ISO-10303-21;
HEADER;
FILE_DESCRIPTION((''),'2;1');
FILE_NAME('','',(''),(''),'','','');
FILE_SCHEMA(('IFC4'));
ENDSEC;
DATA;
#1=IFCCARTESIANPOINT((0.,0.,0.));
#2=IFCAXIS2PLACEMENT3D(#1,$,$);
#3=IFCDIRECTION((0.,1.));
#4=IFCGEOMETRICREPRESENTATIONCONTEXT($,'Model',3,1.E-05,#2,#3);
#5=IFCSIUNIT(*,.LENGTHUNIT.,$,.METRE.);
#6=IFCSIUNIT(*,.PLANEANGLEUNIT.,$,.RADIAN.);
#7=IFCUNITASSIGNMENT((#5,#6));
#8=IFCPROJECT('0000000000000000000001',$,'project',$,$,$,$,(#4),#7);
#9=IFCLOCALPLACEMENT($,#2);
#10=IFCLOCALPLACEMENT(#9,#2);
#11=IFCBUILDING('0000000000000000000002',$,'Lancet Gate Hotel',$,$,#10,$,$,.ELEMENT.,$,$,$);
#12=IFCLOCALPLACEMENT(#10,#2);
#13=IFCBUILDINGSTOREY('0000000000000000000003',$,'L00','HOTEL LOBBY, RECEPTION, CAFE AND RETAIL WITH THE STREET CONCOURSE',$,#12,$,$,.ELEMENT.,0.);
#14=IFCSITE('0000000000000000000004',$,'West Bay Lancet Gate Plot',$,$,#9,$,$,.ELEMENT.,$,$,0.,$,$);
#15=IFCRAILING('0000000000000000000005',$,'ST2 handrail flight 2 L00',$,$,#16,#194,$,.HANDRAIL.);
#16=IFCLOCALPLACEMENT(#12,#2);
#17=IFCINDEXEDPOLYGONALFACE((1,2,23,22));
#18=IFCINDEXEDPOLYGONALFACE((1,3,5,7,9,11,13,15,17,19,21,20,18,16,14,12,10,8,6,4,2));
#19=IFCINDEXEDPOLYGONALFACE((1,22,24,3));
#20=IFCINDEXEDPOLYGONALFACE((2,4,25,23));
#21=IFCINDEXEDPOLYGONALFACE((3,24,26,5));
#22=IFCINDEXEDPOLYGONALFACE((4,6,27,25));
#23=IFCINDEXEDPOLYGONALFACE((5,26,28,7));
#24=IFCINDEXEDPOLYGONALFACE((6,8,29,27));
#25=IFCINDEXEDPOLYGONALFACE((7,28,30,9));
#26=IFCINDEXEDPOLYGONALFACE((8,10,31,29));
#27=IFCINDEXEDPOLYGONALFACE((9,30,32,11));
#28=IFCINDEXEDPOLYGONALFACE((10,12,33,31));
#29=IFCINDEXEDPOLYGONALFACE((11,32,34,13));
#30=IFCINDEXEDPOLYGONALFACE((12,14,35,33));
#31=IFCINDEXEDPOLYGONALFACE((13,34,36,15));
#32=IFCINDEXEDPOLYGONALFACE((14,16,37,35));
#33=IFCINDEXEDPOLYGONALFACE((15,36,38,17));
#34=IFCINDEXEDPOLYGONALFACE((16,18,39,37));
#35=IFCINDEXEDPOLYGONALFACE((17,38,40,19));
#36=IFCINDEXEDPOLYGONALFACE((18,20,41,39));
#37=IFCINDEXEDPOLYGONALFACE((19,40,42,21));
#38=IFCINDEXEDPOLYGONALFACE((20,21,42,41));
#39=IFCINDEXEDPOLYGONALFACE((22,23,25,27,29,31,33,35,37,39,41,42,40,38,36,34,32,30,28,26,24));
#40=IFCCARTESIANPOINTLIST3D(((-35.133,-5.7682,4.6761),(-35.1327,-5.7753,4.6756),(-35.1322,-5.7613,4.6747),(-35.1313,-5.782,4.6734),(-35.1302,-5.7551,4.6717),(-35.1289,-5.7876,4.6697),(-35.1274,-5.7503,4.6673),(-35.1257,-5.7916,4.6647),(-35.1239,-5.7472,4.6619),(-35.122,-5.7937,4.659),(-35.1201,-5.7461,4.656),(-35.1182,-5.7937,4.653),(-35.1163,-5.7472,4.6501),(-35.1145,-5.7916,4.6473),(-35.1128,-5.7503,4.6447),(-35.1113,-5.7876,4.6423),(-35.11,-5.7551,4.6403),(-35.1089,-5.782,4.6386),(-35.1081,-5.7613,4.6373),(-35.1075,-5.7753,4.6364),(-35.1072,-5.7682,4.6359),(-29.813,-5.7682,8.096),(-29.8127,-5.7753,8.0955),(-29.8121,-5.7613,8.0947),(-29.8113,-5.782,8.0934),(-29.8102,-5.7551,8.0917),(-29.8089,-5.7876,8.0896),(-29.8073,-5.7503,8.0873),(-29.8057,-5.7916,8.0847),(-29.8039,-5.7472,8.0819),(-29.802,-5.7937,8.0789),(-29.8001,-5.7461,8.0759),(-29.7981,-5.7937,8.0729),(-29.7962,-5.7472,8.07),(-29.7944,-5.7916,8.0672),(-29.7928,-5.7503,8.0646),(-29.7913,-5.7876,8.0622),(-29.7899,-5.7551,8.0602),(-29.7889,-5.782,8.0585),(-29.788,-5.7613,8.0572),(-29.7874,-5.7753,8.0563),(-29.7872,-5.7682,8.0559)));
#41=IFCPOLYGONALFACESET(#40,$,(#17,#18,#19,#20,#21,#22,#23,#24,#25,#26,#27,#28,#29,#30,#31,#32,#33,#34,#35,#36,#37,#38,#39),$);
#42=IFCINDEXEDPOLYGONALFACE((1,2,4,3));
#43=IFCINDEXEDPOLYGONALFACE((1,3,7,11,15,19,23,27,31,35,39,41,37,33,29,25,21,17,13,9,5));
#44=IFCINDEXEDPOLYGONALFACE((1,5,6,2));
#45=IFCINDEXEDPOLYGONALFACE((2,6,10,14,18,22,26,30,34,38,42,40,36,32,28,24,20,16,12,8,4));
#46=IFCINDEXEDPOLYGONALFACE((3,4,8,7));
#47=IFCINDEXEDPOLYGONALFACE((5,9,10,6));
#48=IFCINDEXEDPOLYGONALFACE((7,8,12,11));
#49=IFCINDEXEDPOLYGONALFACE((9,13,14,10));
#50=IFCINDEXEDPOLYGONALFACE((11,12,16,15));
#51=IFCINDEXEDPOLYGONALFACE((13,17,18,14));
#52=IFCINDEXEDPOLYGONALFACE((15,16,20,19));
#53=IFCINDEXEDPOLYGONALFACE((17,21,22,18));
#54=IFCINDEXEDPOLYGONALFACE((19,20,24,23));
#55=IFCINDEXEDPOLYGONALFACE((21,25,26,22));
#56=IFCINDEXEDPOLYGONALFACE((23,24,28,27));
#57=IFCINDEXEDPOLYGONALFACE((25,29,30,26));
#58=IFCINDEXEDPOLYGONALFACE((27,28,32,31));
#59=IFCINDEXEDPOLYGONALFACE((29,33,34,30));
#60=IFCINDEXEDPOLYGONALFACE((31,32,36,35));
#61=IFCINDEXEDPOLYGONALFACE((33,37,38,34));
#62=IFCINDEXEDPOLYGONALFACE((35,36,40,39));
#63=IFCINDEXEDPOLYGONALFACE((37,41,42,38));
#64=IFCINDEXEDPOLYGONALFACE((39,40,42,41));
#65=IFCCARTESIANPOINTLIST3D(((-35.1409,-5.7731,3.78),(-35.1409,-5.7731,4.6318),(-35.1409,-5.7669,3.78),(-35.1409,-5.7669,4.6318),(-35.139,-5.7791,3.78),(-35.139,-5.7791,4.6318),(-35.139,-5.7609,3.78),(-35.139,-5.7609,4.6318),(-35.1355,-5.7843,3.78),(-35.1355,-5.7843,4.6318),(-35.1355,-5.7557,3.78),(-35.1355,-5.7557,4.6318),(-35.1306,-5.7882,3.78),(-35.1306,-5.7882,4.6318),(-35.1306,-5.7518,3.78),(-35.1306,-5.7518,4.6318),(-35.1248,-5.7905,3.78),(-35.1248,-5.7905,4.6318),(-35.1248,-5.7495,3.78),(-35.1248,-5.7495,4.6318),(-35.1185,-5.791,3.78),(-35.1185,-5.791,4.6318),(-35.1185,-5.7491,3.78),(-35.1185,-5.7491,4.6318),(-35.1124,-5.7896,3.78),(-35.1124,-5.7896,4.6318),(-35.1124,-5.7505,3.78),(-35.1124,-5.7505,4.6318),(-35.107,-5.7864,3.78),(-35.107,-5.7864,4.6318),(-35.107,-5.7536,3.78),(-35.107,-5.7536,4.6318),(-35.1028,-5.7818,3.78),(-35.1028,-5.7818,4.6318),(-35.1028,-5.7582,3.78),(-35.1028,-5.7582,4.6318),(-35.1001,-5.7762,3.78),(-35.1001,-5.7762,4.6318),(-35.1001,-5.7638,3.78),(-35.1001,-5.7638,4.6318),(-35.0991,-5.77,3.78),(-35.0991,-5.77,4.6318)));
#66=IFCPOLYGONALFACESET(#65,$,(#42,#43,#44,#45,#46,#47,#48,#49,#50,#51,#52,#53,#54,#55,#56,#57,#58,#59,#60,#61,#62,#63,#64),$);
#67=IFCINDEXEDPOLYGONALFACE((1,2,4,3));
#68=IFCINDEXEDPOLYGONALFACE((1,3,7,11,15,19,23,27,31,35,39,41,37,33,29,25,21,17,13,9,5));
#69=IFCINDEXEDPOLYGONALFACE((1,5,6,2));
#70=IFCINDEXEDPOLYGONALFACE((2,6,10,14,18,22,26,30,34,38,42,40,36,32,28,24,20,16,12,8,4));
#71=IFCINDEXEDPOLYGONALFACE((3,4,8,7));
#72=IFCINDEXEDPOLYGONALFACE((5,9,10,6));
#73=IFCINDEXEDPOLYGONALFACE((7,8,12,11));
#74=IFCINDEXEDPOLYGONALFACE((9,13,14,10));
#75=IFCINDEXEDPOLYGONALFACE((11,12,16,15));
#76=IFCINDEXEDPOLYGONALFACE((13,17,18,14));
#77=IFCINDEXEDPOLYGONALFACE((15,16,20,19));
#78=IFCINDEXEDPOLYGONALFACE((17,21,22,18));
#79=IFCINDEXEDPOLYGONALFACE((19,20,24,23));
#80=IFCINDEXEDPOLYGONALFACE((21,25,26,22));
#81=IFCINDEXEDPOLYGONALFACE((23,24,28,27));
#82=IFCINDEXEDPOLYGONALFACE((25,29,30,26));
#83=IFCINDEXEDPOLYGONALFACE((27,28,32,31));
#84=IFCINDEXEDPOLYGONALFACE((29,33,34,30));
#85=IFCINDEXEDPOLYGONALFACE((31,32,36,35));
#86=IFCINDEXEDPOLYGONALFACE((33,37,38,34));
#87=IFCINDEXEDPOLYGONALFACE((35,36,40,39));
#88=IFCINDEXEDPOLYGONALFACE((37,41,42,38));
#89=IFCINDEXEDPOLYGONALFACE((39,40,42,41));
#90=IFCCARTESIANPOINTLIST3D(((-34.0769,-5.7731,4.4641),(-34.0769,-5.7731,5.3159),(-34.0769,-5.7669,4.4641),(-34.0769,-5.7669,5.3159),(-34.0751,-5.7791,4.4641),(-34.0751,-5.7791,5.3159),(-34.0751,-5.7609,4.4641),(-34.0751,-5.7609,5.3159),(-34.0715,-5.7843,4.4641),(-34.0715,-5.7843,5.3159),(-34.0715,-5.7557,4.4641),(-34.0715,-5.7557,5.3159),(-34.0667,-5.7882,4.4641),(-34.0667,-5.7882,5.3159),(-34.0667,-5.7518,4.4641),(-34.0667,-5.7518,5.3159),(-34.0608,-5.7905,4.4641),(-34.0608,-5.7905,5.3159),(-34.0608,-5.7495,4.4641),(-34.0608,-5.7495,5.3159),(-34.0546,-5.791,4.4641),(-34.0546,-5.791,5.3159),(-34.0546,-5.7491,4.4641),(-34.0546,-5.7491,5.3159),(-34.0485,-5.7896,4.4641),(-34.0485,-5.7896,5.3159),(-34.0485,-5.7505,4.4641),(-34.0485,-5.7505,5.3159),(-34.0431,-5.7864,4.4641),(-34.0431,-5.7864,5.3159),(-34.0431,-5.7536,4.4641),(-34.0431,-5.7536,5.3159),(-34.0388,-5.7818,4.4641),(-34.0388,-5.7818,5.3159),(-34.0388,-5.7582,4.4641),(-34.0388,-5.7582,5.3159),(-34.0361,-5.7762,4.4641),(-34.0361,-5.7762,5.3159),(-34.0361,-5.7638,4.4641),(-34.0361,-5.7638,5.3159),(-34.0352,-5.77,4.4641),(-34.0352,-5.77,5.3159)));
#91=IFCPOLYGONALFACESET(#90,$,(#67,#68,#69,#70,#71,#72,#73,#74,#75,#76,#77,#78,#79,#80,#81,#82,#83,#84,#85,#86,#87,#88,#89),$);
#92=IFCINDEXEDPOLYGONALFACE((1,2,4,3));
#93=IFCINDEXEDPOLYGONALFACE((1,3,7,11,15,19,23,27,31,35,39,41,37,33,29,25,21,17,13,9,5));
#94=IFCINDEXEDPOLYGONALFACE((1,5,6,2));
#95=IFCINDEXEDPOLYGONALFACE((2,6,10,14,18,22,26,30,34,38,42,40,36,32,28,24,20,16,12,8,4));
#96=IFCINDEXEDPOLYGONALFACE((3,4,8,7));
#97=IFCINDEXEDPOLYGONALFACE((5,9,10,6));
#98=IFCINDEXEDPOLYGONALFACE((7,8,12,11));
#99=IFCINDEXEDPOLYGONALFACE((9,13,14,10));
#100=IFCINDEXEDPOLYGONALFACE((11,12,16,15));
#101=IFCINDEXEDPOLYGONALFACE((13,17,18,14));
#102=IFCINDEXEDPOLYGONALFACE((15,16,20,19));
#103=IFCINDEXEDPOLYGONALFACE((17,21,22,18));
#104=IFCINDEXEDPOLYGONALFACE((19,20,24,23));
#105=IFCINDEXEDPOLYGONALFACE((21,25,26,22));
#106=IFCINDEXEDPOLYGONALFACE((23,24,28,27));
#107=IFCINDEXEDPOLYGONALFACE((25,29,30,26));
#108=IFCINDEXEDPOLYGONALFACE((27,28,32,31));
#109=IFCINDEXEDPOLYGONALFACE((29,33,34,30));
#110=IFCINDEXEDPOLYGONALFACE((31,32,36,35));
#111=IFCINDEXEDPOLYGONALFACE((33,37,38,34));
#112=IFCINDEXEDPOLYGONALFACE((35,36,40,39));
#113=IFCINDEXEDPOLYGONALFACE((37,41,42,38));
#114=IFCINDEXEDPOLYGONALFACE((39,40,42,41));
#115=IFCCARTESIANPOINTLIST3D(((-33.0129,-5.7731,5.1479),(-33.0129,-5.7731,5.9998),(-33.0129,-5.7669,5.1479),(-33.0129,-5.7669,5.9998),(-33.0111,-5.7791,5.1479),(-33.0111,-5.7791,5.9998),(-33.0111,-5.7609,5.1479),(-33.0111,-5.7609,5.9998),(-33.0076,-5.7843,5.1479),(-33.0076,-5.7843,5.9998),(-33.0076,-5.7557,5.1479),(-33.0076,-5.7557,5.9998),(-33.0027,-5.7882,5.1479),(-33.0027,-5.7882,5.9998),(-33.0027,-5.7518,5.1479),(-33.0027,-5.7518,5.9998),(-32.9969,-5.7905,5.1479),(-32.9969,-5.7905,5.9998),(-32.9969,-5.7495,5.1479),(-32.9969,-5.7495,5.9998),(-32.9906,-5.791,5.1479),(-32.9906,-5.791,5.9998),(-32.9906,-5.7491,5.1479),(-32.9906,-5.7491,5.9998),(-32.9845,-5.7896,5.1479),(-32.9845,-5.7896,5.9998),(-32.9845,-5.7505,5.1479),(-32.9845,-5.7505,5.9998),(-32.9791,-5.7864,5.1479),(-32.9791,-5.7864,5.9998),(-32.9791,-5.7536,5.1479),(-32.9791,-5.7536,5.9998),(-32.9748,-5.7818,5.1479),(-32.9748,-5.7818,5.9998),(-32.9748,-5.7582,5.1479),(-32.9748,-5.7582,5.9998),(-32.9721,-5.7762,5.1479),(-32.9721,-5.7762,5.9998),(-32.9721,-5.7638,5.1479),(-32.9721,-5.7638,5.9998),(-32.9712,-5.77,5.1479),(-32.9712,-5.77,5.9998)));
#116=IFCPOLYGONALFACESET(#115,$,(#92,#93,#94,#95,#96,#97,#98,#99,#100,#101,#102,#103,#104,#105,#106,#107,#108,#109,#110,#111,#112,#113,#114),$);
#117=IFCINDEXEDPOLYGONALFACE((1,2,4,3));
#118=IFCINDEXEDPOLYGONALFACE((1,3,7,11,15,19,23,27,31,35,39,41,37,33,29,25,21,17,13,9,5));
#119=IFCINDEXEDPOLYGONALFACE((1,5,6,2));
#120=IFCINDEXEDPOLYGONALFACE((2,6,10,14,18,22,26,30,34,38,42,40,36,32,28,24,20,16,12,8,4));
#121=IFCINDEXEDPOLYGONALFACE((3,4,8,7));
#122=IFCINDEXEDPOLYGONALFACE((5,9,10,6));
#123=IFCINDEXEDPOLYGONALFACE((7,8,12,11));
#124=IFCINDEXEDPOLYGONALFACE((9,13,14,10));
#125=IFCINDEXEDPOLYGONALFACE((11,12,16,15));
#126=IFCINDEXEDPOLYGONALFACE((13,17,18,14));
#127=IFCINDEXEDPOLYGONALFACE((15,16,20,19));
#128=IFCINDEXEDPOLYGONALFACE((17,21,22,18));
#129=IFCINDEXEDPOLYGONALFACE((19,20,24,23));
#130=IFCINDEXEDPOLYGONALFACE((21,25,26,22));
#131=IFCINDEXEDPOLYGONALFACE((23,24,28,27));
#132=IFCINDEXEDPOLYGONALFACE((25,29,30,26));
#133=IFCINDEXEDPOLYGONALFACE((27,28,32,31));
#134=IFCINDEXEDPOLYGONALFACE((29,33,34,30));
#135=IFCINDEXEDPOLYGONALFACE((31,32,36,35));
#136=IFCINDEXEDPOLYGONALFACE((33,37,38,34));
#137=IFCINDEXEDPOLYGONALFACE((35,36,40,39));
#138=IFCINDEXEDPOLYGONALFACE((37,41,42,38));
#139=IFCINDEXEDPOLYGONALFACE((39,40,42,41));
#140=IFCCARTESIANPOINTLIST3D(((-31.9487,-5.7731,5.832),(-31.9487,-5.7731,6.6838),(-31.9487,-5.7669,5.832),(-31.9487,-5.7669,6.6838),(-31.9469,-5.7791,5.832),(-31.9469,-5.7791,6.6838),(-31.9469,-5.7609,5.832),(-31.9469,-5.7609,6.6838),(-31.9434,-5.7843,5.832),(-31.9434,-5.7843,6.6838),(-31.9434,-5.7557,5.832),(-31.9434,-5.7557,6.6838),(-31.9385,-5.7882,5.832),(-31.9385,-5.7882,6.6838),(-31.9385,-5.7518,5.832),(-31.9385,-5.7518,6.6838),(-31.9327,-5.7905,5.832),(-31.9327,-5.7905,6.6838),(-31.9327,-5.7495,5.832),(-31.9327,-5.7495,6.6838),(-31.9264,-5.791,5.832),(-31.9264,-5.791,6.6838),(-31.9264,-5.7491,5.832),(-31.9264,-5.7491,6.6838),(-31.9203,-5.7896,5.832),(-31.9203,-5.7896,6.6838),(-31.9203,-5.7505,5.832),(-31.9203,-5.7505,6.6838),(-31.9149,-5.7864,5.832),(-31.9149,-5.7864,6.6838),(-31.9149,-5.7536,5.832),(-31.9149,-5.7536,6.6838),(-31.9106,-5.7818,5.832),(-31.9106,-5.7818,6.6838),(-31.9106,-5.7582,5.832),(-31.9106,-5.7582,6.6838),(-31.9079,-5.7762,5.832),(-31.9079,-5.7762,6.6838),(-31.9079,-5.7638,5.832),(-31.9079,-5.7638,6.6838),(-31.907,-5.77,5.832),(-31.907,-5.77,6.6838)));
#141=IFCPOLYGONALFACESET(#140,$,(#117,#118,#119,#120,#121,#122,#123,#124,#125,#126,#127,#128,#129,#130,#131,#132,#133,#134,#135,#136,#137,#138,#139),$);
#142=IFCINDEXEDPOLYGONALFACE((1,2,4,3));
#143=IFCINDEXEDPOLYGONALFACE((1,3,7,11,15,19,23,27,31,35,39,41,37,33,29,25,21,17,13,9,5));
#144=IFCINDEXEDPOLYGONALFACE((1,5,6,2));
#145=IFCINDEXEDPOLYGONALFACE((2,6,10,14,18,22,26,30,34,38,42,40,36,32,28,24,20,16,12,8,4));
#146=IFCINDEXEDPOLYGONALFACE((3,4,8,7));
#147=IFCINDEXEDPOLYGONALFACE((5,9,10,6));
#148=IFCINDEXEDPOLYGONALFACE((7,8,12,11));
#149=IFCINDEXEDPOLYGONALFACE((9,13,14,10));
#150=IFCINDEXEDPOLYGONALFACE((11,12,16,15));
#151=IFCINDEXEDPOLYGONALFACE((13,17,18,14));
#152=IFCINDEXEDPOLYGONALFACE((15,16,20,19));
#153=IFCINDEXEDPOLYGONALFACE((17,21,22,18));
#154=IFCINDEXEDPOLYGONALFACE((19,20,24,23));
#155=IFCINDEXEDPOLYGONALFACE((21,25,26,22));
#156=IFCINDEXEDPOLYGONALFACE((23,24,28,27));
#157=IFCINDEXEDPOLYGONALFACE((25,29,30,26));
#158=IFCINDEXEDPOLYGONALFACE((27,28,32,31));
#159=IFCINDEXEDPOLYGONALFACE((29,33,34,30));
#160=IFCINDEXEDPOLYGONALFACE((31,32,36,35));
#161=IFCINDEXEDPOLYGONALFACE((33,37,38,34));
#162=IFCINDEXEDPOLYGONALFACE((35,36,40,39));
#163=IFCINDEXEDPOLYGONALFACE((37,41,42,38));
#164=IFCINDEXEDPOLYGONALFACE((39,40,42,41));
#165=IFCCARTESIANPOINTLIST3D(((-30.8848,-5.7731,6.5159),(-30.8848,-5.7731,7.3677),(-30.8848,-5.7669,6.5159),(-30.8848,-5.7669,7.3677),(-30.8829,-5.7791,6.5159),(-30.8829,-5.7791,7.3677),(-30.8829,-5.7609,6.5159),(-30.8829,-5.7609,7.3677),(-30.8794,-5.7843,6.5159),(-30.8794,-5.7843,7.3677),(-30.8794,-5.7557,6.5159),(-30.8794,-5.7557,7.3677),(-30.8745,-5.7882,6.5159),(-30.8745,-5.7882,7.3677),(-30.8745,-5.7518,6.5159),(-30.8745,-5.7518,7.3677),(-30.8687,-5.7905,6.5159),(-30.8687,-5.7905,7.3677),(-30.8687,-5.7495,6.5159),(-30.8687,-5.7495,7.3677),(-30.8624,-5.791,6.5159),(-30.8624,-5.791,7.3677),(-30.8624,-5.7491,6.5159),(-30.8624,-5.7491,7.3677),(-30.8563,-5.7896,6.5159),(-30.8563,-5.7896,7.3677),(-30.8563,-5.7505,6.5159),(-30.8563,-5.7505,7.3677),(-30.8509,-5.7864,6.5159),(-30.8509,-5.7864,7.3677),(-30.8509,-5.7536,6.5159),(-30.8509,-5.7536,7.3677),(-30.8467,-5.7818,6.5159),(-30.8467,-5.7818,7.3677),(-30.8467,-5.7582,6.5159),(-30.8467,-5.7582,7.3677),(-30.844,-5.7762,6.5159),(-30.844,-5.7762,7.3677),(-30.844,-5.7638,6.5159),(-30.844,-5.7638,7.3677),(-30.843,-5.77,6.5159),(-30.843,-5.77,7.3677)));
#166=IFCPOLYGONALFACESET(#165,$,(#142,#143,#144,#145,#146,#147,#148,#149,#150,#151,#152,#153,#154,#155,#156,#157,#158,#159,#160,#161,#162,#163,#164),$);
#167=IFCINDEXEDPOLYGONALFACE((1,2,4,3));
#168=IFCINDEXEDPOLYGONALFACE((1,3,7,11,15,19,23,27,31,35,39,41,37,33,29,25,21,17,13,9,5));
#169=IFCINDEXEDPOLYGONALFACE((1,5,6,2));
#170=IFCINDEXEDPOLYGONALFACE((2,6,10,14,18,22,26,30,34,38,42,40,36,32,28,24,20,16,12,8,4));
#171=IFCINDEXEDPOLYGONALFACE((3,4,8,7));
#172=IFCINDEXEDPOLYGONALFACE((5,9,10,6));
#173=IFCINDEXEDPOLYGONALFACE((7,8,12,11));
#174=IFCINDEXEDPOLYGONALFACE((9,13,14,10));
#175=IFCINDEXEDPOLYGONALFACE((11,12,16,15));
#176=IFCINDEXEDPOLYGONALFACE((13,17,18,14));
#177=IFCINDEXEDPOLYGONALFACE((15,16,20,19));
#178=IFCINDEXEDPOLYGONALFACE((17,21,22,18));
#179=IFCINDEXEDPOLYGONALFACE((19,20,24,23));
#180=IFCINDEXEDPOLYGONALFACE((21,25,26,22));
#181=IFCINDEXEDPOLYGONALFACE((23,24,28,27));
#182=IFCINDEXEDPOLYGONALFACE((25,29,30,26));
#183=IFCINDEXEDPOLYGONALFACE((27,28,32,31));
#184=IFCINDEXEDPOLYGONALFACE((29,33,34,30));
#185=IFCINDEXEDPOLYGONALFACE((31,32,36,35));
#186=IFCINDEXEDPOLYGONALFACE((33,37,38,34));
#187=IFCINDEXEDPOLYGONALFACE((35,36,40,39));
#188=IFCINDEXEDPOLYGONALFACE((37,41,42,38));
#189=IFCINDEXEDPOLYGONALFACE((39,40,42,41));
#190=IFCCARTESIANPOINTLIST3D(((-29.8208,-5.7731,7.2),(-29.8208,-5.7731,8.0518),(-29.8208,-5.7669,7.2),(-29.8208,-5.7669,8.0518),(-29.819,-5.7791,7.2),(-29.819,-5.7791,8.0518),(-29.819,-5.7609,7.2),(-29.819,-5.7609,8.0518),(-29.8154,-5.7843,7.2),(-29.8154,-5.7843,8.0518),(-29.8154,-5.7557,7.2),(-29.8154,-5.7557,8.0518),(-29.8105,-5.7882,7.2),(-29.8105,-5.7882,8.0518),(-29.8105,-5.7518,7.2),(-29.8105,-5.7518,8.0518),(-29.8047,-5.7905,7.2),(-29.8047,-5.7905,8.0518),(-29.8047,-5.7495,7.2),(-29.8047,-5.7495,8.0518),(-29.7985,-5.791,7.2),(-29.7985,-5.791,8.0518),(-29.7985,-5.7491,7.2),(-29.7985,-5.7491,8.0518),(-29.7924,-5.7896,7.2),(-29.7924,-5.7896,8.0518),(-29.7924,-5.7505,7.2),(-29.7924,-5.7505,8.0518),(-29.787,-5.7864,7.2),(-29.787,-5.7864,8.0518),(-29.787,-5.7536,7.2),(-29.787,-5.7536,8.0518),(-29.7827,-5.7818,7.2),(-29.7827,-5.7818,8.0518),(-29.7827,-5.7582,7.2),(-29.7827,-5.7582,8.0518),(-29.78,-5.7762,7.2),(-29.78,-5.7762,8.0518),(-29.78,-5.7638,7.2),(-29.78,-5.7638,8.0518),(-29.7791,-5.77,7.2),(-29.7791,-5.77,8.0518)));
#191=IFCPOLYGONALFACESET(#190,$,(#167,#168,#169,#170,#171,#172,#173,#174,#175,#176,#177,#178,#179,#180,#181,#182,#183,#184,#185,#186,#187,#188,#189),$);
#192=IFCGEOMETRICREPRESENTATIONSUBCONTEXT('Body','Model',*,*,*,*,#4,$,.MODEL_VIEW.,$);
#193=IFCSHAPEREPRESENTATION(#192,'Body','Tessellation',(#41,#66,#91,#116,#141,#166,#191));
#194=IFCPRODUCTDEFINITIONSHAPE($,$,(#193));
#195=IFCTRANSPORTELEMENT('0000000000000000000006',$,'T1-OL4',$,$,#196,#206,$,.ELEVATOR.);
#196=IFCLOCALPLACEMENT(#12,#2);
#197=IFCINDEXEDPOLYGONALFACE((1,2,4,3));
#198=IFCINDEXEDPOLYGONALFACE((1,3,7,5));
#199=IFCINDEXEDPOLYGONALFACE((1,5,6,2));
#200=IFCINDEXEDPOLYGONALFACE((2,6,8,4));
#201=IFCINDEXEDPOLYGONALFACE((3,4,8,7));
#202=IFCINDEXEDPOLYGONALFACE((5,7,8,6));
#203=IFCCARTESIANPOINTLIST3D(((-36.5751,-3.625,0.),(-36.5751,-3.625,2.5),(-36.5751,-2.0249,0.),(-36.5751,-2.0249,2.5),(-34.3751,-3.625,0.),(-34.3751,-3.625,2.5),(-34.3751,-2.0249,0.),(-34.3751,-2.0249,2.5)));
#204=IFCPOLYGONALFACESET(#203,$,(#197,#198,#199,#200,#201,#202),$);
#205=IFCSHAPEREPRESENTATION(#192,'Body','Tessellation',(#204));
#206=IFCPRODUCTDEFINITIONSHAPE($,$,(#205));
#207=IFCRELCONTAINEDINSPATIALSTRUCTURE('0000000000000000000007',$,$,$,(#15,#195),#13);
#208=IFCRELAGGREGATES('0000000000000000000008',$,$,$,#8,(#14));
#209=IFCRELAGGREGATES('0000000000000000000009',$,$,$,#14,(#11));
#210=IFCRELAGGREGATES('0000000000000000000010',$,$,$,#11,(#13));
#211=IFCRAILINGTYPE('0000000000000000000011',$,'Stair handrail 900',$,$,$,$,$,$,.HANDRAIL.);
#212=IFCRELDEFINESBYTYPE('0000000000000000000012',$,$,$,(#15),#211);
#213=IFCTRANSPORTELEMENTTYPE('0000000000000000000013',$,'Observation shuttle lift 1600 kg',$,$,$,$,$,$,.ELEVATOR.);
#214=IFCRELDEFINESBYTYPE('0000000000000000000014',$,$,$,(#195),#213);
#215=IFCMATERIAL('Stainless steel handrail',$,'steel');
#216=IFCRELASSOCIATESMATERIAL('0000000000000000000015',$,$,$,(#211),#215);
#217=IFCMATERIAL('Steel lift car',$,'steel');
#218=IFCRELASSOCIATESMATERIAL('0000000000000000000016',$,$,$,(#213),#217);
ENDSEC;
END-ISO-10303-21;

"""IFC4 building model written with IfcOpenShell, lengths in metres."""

from ifc_helpers import new_model, si_unit, direction, frame, origin, origin_2d, place, context, subcontext, project, spatial, rectangle, circle, extrude, material, type_object, element, save


model = new_model("IFC4")

# Units and contexts
model_context = context("Model", 3, precision=1e-05, world=origin(), true_north=direction((0.0, 1.0)))
body_context = subcontext(model_context, "Body", "Model", "MODEL_VIEW")
ifc_project = project(units=[si_unit("LENGTHUNIT", "METRE"), si_unit("PLANEANGLEUNIT", "RADIAN")], contexts=[model_context])

# Site, building, storey
site_placement = place(None, origin())
site = spatial("IfcSite", under=ifc_project, at=site_placement, Name="West Bay Lancet Gate Plot", CompositionType="ELEMENT", RefElevation=0.0)
building_placement = place(site_placement, origin())
building = spatial("IfcBuilding", under=site, at=building_placement, Name="Lancet Gate Hotel", CompositionType="ELEMENT")
storey_placement = place(building_placement, origin())
storey = spatial("IfcBuildingStorey", under=building, at=storey_placement, Name="L00", Description="HOTEL LOBBY, RECEPTION, CAFE AND RETAIL WITH THE STREET CONCOURSE", CompositionType="ELEMENT", Elevation=0.0)

# Railing
ifc_material_1 = material(Name="Stainless steel handrail", Category="steel")
railing_type = type_object("IfcRailingType", Name="Stair handrail 900", PredefinedType="HANDRAIL", material=ifc_material_1)
railing_placement = place(storey_placement, frame((-35.1201, -5.77, 3.78)))
element("IfcRailing", 1, at=railing_placement, inside=storey, type_object=railing_type, Name="ST2 handrail flight 2 L00", PredefinedType="HANDRAIL", context=body_context, shape_type="SweptSolid", body=[
    extrude(circle(Radius=0.0239, at=origin_2d()), frame((0.0, 0.0, 0.876), z_axis=(0.841187, 0.0, 0.540744), x_axis=(0.0, 1.0, 0.0)), (0.0, 0.0, 1.0), 6.3245),
    extrude(circle(Radius=0.021, at=origin_2d()), origin(), (0.0, 0.0, 1.0), 0.8518),
    extrude(circle(Radius=0.021, at=origin_2d()), frame((1.064, 0.0, 0.6841)), (0.0, 0.0, 1.0), 0.8518),
    extrude(circle(Radius=0.021, at=origin_2d()), frame((2.1279, 0.0, 1.3679)), (0.0, 0.0, 1.0), 0.8518),
    extrude(circle(Radius=0.021, at=origin_2d()), frame((3.1921, 0.0, 2.052)), (0.0, 0.0, 1.0), 0.8518),
    extrude(circle(Radius=0.021, at=origin_2d()), frame((4.2561, 0.0, 2.7358)), (0.0, 0.0, 1.0), 0.8518),
    extrude(circle(Radius=0.021, at=origin_2d()), frame((5.3201, 0.0, 3.4199)), (0.0, 0.0, 1.0), 0.8518),
])

# Transport element
ifc_material_2 = material(Name="Steel lift car", Category="steel")
transport_element_type = type_object("IfcTransportElementType", Name="Observation shuttle lift 1600 kg", PredefinedType="ELEVATOR", material=ifc_material_2)
transport_element_placement = place(storey_placement, frame((-35.4751, -2.825, 0.0), z_axis=(0.0, 0.0, 1.0), x_axis=(1.0, 0.0, 0.0)))
element("IfcTransportElement", 2, at=transport_element_placement, inside=storey, type_object=transport_element_type, Name="T1-OL4", PredefinedType="ELEVATOR", context=body_context, shape_type="SweptSolid", body=[
    extrude(rectangle(XDim=2.2, YDim=1.6001, at=origin_2d()), origin(), (0.0, 0.0, 1.0), 2.5),
])

save(model, "model.ifc")
